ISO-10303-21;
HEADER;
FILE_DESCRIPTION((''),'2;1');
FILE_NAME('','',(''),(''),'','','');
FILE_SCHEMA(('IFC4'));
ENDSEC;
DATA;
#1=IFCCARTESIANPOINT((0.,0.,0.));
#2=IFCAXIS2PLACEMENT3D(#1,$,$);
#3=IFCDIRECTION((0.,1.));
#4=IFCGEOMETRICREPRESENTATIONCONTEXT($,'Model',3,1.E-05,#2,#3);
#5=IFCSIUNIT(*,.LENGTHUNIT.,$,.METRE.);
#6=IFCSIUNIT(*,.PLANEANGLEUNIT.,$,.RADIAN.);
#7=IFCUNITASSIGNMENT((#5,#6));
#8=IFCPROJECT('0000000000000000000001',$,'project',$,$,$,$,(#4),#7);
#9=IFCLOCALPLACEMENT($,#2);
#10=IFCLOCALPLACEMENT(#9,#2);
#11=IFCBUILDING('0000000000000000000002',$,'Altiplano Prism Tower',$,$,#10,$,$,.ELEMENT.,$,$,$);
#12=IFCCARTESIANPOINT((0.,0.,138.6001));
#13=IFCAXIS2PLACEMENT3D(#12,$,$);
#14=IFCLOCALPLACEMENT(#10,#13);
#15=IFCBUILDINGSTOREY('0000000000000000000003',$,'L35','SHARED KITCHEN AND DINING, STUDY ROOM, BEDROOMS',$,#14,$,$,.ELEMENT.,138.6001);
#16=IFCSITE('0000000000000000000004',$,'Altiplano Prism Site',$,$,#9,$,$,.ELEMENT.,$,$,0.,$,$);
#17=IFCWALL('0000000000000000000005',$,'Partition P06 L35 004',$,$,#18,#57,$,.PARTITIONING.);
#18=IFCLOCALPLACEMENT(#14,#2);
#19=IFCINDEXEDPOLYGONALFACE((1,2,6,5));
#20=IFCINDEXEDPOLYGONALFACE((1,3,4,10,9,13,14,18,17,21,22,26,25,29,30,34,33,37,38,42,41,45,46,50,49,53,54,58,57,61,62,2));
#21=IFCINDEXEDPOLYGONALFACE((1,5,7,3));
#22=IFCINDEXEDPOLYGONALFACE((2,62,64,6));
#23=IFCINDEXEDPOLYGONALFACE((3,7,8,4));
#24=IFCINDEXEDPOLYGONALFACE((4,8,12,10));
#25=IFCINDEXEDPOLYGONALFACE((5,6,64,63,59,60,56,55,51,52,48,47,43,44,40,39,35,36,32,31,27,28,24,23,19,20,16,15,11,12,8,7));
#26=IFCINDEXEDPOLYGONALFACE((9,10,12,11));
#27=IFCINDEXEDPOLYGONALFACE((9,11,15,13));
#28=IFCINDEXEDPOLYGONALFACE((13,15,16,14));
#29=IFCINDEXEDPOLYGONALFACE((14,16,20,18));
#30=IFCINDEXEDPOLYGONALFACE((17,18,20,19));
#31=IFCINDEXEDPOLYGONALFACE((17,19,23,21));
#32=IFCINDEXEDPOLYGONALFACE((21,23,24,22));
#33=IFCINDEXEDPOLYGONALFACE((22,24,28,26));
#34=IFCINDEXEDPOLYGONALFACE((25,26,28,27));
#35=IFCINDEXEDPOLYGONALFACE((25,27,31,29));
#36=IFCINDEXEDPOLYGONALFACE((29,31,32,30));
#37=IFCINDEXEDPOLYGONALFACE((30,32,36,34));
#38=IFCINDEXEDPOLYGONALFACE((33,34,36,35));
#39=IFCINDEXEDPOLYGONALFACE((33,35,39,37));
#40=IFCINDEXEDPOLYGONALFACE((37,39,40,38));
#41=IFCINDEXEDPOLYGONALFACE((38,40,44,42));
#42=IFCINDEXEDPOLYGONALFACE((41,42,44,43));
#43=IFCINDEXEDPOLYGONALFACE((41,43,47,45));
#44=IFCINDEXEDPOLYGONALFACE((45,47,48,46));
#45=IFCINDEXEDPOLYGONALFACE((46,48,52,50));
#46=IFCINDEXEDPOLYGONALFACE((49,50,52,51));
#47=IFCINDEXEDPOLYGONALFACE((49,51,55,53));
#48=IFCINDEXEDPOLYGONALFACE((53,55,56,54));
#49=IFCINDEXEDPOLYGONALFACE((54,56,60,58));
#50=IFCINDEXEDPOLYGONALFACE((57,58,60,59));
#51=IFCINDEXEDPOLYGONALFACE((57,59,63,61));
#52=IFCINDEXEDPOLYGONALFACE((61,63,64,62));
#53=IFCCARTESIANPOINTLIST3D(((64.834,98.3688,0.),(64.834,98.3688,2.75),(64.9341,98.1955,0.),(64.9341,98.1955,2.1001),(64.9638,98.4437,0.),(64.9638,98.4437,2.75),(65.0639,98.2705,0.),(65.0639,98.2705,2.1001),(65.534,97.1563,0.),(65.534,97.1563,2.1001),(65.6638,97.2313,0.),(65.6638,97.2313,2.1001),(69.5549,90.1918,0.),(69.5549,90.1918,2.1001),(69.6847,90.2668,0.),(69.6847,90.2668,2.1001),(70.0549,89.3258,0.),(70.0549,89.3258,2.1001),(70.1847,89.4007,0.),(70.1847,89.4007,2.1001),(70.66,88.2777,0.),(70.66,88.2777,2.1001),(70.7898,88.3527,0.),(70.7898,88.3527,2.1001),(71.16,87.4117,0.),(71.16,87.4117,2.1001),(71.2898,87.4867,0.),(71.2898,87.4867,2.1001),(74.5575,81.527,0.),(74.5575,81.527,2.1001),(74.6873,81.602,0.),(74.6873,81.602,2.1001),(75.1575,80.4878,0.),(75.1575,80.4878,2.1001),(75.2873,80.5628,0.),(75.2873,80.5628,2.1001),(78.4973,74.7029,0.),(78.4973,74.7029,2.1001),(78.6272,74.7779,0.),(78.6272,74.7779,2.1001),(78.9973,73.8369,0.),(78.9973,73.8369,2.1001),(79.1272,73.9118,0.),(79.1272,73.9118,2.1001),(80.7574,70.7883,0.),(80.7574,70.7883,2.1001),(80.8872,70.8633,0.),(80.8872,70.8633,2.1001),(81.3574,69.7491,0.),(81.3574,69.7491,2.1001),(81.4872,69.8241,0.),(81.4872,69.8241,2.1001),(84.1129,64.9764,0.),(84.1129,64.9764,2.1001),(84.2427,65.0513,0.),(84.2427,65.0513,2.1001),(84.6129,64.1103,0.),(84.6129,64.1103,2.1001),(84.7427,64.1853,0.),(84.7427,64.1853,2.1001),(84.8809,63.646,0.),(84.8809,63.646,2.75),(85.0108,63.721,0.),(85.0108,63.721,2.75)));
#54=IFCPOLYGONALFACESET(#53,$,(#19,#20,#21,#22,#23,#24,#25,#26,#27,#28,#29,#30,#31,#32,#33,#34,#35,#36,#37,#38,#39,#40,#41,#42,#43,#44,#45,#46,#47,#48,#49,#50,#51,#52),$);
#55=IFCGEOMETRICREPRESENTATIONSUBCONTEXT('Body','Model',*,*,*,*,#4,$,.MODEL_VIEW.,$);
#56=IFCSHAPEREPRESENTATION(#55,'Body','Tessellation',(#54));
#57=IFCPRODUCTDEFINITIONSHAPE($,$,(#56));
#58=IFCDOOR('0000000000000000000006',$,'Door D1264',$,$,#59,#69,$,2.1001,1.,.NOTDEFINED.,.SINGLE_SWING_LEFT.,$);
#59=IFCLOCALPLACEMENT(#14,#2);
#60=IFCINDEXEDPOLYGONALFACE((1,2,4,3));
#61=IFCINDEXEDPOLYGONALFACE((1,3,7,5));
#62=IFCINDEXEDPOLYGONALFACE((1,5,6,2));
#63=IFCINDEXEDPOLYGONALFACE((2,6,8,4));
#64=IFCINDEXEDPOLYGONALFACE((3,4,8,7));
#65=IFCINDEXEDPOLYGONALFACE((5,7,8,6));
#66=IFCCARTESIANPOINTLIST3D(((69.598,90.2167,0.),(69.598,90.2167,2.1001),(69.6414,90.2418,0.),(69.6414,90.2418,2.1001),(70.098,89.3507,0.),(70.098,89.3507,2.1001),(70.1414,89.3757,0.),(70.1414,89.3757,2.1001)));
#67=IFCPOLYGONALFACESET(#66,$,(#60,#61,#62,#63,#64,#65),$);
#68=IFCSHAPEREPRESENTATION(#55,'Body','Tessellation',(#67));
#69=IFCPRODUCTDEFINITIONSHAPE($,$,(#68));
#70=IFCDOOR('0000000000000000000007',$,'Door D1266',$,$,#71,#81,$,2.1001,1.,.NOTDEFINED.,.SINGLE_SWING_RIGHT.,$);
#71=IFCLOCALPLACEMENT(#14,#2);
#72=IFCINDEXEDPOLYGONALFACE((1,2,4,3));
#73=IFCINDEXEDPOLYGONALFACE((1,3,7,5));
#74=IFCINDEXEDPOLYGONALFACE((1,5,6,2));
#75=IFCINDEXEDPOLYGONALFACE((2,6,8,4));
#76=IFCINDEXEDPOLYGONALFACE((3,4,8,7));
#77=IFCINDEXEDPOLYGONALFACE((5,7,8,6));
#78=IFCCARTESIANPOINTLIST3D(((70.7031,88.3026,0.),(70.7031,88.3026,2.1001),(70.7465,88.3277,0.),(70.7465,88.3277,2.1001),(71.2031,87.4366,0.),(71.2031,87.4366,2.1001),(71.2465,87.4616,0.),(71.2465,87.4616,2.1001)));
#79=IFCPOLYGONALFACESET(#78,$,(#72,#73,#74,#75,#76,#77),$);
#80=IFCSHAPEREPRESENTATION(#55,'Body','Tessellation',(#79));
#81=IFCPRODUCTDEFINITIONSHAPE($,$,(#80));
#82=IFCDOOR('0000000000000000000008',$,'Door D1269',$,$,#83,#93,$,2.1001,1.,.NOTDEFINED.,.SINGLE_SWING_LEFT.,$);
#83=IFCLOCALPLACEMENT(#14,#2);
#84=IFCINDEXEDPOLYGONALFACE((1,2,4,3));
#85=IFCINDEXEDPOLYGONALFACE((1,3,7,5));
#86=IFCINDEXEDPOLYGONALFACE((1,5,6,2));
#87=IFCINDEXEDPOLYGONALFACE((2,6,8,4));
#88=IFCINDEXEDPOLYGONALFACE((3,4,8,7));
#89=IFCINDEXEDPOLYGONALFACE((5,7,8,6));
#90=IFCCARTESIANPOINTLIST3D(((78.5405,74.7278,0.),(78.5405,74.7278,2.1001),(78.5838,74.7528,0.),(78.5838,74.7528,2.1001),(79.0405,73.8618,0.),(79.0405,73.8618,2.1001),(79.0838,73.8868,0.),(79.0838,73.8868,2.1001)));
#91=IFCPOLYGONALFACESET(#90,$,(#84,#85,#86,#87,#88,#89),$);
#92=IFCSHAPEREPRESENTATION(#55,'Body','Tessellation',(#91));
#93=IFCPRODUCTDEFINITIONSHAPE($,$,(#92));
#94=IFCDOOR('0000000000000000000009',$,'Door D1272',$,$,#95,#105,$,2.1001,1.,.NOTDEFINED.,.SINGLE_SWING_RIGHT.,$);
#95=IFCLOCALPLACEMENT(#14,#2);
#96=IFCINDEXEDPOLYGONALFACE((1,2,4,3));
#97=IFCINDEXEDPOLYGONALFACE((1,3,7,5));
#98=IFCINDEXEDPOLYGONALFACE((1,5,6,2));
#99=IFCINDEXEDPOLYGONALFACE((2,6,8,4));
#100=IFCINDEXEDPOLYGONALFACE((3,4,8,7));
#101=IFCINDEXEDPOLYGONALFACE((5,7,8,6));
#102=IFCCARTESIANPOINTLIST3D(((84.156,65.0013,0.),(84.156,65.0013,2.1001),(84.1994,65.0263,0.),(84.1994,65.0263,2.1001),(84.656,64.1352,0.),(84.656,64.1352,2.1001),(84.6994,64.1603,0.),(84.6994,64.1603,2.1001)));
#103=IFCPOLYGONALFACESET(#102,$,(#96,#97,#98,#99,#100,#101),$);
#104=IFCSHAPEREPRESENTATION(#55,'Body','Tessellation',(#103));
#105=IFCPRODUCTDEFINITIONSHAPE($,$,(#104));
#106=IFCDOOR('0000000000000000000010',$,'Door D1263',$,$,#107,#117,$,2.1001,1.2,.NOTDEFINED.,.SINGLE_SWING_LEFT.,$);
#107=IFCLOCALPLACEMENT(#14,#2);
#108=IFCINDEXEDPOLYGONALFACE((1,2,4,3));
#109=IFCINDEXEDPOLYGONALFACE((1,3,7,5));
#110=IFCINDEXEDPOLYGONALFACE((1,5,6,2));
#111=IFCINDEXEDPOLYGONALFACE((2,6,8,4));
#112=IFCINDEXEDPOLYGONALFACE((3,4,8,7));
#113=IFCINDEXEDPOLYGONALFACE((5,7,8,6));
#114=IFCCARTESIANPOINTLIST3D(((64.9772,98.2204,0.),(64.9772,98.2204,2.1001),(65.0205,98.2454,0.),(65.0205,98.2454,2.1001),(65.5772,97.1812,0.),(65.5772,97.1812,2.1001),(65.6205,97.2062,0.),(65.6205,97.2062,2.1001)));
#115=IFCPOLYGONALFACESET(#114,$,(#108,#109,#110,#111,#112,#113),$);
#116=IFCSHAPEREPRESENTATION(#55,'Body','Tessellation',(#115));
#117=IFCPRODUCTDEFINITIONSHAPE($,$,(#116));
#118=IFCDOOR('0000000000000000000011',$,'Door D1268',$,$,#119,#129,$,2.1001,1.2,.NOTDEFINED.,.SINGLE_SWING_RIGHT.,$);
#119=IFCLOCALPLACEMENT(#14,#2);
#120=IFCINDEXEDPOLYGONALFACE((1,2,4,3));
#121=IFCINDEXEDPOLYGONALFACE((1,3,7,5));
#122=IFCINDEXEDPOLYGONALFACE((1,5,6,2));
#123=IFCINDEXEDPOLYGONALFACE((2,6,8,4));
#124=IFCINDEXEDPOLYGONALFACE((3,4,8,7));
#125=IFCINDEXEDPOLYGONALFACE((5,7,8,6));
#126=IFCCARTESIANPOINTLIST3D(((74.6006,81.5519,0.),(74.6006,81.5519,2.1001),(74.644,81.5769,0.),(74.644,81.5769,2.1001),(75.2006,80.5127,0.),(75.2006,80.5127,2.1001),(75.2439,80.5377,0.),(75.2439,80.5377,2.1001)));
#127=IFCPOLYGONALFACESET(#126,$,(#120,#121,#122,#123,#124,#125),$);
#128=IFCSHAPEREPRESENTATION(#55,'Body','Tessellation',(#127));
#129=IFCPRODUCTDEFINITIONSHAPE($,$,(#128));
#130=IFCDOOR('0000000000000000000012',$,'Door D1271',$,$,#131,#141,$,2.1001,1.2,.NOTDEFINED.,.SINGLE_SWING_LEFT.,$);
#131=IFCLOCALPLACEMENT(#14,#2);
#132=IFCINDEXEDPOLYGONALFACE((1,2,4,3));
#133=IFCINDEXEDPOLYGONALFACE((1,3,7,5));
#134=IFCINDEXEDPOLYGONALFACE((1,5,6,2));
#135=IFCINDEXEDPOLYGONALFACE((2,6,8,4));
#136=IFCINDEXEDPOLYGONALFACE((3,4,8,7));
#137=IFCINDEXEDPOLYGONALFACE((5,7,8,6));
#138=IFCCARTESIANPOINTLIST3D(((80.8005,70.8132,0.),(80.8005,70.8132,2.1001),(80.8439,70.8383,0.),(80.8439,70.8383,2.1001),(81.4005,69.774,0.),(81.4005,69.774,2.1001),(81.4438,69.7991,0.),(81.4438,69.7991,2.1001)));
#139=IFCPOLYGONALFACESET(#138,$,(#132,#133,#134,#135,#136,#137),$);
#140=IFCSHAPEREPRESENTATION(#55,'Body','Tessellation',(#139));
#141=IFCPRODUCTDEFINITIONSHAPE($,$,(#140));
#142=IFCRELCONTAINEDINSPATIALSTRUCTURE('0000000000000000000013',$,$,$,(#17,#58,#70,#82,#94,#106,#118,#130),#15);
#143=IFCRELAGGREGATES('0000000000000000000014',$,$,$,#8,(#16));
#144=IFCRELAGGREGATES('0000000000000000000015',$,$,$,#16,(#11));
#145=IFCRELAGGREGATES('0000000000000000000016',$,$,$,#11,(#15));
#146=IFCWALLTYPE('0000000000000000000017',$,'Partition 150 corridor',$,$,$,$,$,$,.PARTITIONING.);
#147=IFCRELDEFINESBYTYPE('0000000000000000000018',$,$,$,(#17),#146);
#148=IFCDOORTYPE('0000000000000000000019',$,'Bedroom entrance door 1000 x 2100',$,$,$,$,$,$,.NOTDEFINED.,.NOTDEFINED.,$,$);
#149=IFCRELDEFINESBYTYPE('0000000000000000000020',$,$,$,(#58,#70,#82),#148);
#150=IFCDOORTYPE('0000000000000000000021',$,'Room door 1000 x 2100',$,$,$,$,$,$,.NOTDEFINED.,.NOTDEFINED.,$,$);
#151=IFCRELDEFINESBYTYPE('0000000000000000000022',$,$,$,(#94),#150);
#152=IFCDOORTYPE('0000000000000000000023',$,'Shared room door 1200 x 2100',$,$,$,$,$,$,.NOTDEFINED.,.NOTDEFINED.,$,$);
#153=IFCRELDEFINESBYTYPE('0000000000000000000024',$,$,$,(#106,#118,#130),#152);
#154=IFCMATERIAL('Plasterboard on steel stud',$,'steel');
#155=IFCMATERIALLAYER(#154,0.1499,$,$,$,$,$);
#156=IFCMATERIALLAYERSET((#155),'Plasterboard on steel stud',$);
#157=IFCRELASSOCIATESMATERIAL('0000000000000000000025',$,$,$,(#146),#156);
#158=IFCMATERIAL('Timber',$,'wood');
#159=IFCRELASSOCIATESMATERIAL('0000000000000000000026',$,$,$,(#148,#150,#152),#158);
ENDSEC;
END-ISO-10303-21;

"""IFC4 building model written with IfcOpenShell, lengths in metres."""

from ifc_helpers import new_model, si_unit, direction, frame, frame_2d, origin, place, context, subcontext, project, spatial, rectangle, extrude, material, layer, layer_set, type_object, element, fill, save


model = new_model("IFC4")

# Units and contexts
model_context = context("Model", 3, precision=1e-05, world=origin(), true_north=direction((0.0, 1.0)))
body_context = subcontext(model_context, "Body", "Model", "MODEL_VIEW")
ifc_project = project(units=[si_unit("LENGTHUNIT", "METRE"), si_unit("PLANEANGLEUNIT", "RADIAN")], contexts=[model_context])

# Site, building, storey
site_placement = place(None, origin())
site = spatial("IfcSite", under=ifc_project, at=site_placement, Name="Altiplano Prism Site", CompositionType="ELEMENT", RefElevation=0.0)
building_placement = place(site_placement, origin())
building = spatial("IfcBuilding", under=site, at=building_placement, Name="Altiplano Prism Tower", CompositionType="ELEMENT")
storey_placement = place(building_placement, frame((0.0, 0.0, 138.6001)))
storey = spatial("IfcBuildingStorey", under=building, at=storey_placement, Name="L35", Description="SHARED KITCHEN AND DINING, STUDY ROOM, BEDROOMS", CompositionType="ELEMENT", Elevation=138.6001)

# Shared definitions
ifc_material_1 = material(Name="Plasterboard on steel stud", Category="steel")
ifc_layer_1 = layer(ifc_material_1, 0.1499)
ifc_layer_set_1 = layer_set([ifc_layer_1], Name="Plasterboard on steel stud")
wall_type_1 = type_object("IfcWallType", Name="Partition 150 corridor", PredefinedType="PARTITIONING", material=ifc_layer_set_1)

# Wall, openings, doors
wall_1_placement = place(storey_placement, frame((64.8989, 98.4062, 0.0), z_axis=(0.0, 0.0, 1.0), x_axis=(0.499995, -0.866028, 0.0)))
wall_1 = element("IfcWall", 1, at=wall_1_placement, inside=storey, type_object=wall_type_1, Name="Partition P06 L35 004", PredefinedType="PARTITIONING", context=body_context, shape_type="SweptSolid", body=[
    extrude(rectangle(XDim=40.0942, YDim=0.1499, at=frame_2d((20.0471, 0.0))), origin(), (0.0, 0.0, 1.0), 2.75),
])
opening_1_placement = place(wall_1_placement, frame((0.2, 0.0, 0.0)))
opening_1 = element("IfcOpeningElement", 2, at=opening_1_placement, cuts=wall_1, PredefinedType="OPENING", context=body_context, shape_type="SweptSolid", body=[
    extrude(rectangle(XDim=1.2, YDim=2.1001, at=frame_2d((0.6001, 1.05))), frame((0.0, 0.0854, 0.0), z_axis=(0.0, -1.0, 0.0), x_axis=(1.0, 0.0, 0.0)), (0.0, 0.0, 1.0), 0.1709),
])
opening_2_placement = place(wall_1_placement, frame((9.4419, 0.0, 0.0)))
opening_2 = element("IfcOpeningElement", 3, at=opening_2_placement, cuts=wall_1, PredefinedType="OPENING", context=body_context, shape_type="SweptSolid", body=[
    extrude(rectangle(XDim=1.0, YDim=2.1001, at=frame_2d((0.5, 1.05))), frame((0.0, 0.0854, 0.0), z_axis=(0.0, -1.0, 0.0), x_axis=(1.0, 0.0, 0.0)), (0.0, 0.0, 1.0), 0.1709),
])
opening_3_placement = place(wall_1_placement, frame((11.6521, 0.0, 0.0)))
opening_3 = element("IfcOpeningElement", 4, at=opening_3_placement, cuts=wall_1, PredefinedType="OPENING", context=body_context, shape_type="SweptSolid", body=[
    extrude(rectangle(XDim=1.0, YDim=2.1001, at=frame_2d((0.5, 1.05))), frame((0.0, 0.0854, 0.0), z_axis=(0.0, -1.0, 0.0), x_axis=(1.0, 0.0, 0.0)), (0.0, 0.0, 1.0), 0.1709),
])
opening_4_placement = place(wall_1_placement, frame((19.447, 0.0, 0.0)))
opening_4 = element("IfcOpeningElement", 5, at=opening_4_placement, cuts=wall_1, PredefinedType="OPENING", context=body_context, shape_type="SweptSolid", body=[
    extrude(rectangle(XDim=1.2, YDim=2.1001, at=frame_2d((0.6001, 1.05))), frame((0.0, 0.0854, 0.0), z_axis=(0.0, -1.0, 0.0), x_axis=(1.0, 0.0, 0.0)), (0.0, 0.0, 1.0), 0.1709),
])
opening_5_placement = place(wall_1_placement, frame((27.3269, 0.0, 0.0)))
opening_5 = element("IfcOpeningElement", 6, at=opening_5_placement, cuts=wall_1, PredefinedType="OPENING", context=body_context, shape_type="SweptSolid", body=[
    extrude(rectangle(XDim=1.0, YDim=2.1001, at=frame_2d((0.5, 1.05))), frame((0.0, 0.0854, 0.0), z_axis=(0.0, -1.0, 0.0), x_axis=(1.0, 0.0, 0.0)), (0.0, 0.0, 1.0), 0.1709),
])
opening_6_placement = place(wall_1_placement, frame((31.8469, 0.0, 0.0)))
opening_6 = element("IfcOpeningElement", 7, at=opening_6_placement, cuts=wall_1, PredefinedType="OPENING", context=body_context, shape_type="SweptSolid", body=[
    extrude(rectangle(XDim=1.2, YDim=2.1001, at=frame_2d((0.6001, 1.05))), frame((0.0, 0.0854, 0.0), z_axis=(0.0, -1.0, 0.0), x_axis=(1.0, 0.0, 0.0)), (0.0, 0.0, 1.0), 0.1709),
])
opening_7_placement = place(wall_1_placement, frame((38.5581, 0.0, 0.0)))
opening_7 = element("IfcOpeningElement", 8, at=opening_7_placement, cuts=wall_1, PredefinedType="OPENING", context=body_context, shape_type="SweptSolid", body=[
    extrude(rectangle(XDim=1.0, YDim=2.1001, at=frame_2d((0.5, 1.05))), frame((0.0, 0.0854, 0.0), z_axis=(0.0, -1.0, 0.0), x_axis=(1.0, 0.0, 0.0)), (0.0, 0.0, 1.0), 0.1709),
])
ifc_material_2 = material(Name="Timber", Category="wood")
door_type_1 = type_object("IfcDoorType", Name="Bedroom entrance door 1000 x 2100", OperationType="NOTDEFINED", PredefinedType="NOTDEFINED", material=ifc_material_2)
door_1_placement = place(opening_2_placement, origin())
door_1 = element("IfcDoor", 9, at=door_1_placement, inside=storey, type_object=door_type_1, Name="Door D1264", OperationType="SINGLE_SWING_LEFT", OverallHeight=2.1001, OverallWidth=1.0, PredefinedType="NOTDEFINED", context=body_context, shape_type="SweptSolid", body=[
    extrude(rectangle(XDim=1.0, YDim=2.1001, at=frame_2d((0.5, 1.05))), frame((0.0, 0.0249, 0.0), z_axis=(0.0, -1.0, 0.0), x_axis=(1.0, 0.0, 0.0)), (0.0, 0.0, 1.0), 0.05),
])
fill(opening_2, door_1)
door_2_placement = place(opening_3_placement, origin())
door_2 = element("IfcDoor", 10, at=door_2_placement, inside=storey, type_object=door_type_1, Name="Door D1266", OperationType="SINGLE_SWING_RIGHT", OverallHeight=2.1001, OverallWidth=1.0, PredefinedType="NOTDEFINED", context=body_context, shape_type="SweptSolid", body=[
    extrude(rectangle(XDim=1.0, YDim=2.1001, at=frame_2d((0.5, 1.05))), frame((0.0, 0.0249, 0.0), z_axis=(0.0, -1.0, 0.0), x_axis=(1.0, 0.0, 0.0)), (0.0, 0.0, 1.0), 0.05),
])
fill(opening_3, door_2)
door_3_placement = place(opening_5_placement, origin())
door_3 = element("IfcDoor", 11, at=door_3_placement, inside=storey, type_object=door_type_1, Name="Door D1269", OperationType="SINGLE_SWING_LEFT", OverallHeight=2.1001, OverallWidth=1.0, PredefinedType="NOTDEFINED", context=body_context, shape_type="SweptSolid", body=[
    extrude(rectangle(XDim=1.0, YDim=2.1001, at=frame_2d((0.5, 1.05))), frame((0.0, 0.0249, 0.0), z_axis=(0.0, -1.0, 0.0), x_axis=(1.0, 0.0, 0.0)), (0.0, 0.0, 1.0), 0.05),
])
fill(opening_5, door_3)
door_type_2 = type_object("IfcDoorType", Name="Room door 1000 x 2100", OperationType="NOTDEFINED", PredefinedType="NOTDEFINED", material=ifc_material_2)
door_4_placement = place(opening_7_placement, origin())
door_4 = element("IfcDoor", 12, at=door_4_placement, inside=storey, type_object=door_type_2, Name="Door D1272", OperationType="SINGLE_SWING_RIGHT", OverallHeight=2.1001, OverallWidth=1.0, PredefinedType="NOTDEFINED", context=body_context, shape_type="SweptSolid", body=[
    extrude(rectangle(XDim=1.0, YDim=2.1001, at=frame_2d((0.5, 1.05))), frame((0.0, 0.0249, 0.0), z_axis=(0.0, -1.0, 0.0), x_axis=(1.0, 0.0, 0.0)), (0.0, 0.0, 1.0), 0.05),
])
fill(opening_7, door_4)
door_type_3 = type_object("IfcDoorType", Name="Shared room door 1200 x 2100", OperationType="NOTDEFINED", PredefinedType="NOTDEFINED", material=ifc_material_2)
door_5_placement = place(opening_1_placement, origin())
door_5 = element("IfcDoor", 13, at=door_5_placement, inside=storey, type_object=door_type_3, Name="Door D1263", OperationType="SINGLE_SWING_LEFT", OverallHeight=2.1001, OverallWidth=1.2, PredefinedType="NOTDEFINED", context=body_context, shape_type="SweptSolid", body=[
    extrude(rectangle(XDim=1.2, YDim=2.1001, at=frame_2d((0.6001, 1.05))), frame((0.0, 0.0249, 0.0), z_axis=(0.0, -1.0, 0.0), x_axis=(1.0, 0.0, 0.0)), (0.0, 0.0, 1.0), 0.05),
])
fill(opening_1, door_5)
door_6_placement = place(opening_4_placement, origin())
door_6 = element("IfcDoor", 14, at=door_6_placement, inside=storey, type_object=door_type_3, Name="Door D1268", OperationType="SINGLE_SWING_RIGHT", OverallHeight=2.1001, OverallWidth=1.2, PredefinedType="NOTDEFINED", context=body_context, shape_type="SweptSolid", body=[
    extrude(rectangle(XDim=1.2, YDim=2.1001, at=frame_2d((0.6001, 1.05))), frame((0.0, 0.0249, 0.0), z_axis=(0.0, -1.0, 0.0), x_axis=(1.0, 0.0, 0.0)), (0.0, 0.0, 1.0), 0.05),
])
fill(opening_4, door_6)
door_7_placement = place(opening_6_placement, origin())
door_7 = element("IfcDoor", 15, at=door_7_placement, inside=storey, type_object=door_type_3, Name="Door D1271", OperationType="SINGLE_SWING_LEFT", OverallHeight=2.1001, OverallWidth=1.2, PredefinedType="NOTDEFINED", context=body_context, shape_type="SweptSolid", body=[
    extrude(rectangle(XDim=1.2, YDim=2.1001, at=frame_2d((0.6001, 1.05))), frame((0.0, 0.0249, 0.0), z_axis=(0.0, -1.0, 0.0), x_axis=(1.0, 0.0, 0.0)), (0.0, 0.0, 1.0), 0.05),
])
fill(opening_6, door_7)

save(model, "model.ifc")
